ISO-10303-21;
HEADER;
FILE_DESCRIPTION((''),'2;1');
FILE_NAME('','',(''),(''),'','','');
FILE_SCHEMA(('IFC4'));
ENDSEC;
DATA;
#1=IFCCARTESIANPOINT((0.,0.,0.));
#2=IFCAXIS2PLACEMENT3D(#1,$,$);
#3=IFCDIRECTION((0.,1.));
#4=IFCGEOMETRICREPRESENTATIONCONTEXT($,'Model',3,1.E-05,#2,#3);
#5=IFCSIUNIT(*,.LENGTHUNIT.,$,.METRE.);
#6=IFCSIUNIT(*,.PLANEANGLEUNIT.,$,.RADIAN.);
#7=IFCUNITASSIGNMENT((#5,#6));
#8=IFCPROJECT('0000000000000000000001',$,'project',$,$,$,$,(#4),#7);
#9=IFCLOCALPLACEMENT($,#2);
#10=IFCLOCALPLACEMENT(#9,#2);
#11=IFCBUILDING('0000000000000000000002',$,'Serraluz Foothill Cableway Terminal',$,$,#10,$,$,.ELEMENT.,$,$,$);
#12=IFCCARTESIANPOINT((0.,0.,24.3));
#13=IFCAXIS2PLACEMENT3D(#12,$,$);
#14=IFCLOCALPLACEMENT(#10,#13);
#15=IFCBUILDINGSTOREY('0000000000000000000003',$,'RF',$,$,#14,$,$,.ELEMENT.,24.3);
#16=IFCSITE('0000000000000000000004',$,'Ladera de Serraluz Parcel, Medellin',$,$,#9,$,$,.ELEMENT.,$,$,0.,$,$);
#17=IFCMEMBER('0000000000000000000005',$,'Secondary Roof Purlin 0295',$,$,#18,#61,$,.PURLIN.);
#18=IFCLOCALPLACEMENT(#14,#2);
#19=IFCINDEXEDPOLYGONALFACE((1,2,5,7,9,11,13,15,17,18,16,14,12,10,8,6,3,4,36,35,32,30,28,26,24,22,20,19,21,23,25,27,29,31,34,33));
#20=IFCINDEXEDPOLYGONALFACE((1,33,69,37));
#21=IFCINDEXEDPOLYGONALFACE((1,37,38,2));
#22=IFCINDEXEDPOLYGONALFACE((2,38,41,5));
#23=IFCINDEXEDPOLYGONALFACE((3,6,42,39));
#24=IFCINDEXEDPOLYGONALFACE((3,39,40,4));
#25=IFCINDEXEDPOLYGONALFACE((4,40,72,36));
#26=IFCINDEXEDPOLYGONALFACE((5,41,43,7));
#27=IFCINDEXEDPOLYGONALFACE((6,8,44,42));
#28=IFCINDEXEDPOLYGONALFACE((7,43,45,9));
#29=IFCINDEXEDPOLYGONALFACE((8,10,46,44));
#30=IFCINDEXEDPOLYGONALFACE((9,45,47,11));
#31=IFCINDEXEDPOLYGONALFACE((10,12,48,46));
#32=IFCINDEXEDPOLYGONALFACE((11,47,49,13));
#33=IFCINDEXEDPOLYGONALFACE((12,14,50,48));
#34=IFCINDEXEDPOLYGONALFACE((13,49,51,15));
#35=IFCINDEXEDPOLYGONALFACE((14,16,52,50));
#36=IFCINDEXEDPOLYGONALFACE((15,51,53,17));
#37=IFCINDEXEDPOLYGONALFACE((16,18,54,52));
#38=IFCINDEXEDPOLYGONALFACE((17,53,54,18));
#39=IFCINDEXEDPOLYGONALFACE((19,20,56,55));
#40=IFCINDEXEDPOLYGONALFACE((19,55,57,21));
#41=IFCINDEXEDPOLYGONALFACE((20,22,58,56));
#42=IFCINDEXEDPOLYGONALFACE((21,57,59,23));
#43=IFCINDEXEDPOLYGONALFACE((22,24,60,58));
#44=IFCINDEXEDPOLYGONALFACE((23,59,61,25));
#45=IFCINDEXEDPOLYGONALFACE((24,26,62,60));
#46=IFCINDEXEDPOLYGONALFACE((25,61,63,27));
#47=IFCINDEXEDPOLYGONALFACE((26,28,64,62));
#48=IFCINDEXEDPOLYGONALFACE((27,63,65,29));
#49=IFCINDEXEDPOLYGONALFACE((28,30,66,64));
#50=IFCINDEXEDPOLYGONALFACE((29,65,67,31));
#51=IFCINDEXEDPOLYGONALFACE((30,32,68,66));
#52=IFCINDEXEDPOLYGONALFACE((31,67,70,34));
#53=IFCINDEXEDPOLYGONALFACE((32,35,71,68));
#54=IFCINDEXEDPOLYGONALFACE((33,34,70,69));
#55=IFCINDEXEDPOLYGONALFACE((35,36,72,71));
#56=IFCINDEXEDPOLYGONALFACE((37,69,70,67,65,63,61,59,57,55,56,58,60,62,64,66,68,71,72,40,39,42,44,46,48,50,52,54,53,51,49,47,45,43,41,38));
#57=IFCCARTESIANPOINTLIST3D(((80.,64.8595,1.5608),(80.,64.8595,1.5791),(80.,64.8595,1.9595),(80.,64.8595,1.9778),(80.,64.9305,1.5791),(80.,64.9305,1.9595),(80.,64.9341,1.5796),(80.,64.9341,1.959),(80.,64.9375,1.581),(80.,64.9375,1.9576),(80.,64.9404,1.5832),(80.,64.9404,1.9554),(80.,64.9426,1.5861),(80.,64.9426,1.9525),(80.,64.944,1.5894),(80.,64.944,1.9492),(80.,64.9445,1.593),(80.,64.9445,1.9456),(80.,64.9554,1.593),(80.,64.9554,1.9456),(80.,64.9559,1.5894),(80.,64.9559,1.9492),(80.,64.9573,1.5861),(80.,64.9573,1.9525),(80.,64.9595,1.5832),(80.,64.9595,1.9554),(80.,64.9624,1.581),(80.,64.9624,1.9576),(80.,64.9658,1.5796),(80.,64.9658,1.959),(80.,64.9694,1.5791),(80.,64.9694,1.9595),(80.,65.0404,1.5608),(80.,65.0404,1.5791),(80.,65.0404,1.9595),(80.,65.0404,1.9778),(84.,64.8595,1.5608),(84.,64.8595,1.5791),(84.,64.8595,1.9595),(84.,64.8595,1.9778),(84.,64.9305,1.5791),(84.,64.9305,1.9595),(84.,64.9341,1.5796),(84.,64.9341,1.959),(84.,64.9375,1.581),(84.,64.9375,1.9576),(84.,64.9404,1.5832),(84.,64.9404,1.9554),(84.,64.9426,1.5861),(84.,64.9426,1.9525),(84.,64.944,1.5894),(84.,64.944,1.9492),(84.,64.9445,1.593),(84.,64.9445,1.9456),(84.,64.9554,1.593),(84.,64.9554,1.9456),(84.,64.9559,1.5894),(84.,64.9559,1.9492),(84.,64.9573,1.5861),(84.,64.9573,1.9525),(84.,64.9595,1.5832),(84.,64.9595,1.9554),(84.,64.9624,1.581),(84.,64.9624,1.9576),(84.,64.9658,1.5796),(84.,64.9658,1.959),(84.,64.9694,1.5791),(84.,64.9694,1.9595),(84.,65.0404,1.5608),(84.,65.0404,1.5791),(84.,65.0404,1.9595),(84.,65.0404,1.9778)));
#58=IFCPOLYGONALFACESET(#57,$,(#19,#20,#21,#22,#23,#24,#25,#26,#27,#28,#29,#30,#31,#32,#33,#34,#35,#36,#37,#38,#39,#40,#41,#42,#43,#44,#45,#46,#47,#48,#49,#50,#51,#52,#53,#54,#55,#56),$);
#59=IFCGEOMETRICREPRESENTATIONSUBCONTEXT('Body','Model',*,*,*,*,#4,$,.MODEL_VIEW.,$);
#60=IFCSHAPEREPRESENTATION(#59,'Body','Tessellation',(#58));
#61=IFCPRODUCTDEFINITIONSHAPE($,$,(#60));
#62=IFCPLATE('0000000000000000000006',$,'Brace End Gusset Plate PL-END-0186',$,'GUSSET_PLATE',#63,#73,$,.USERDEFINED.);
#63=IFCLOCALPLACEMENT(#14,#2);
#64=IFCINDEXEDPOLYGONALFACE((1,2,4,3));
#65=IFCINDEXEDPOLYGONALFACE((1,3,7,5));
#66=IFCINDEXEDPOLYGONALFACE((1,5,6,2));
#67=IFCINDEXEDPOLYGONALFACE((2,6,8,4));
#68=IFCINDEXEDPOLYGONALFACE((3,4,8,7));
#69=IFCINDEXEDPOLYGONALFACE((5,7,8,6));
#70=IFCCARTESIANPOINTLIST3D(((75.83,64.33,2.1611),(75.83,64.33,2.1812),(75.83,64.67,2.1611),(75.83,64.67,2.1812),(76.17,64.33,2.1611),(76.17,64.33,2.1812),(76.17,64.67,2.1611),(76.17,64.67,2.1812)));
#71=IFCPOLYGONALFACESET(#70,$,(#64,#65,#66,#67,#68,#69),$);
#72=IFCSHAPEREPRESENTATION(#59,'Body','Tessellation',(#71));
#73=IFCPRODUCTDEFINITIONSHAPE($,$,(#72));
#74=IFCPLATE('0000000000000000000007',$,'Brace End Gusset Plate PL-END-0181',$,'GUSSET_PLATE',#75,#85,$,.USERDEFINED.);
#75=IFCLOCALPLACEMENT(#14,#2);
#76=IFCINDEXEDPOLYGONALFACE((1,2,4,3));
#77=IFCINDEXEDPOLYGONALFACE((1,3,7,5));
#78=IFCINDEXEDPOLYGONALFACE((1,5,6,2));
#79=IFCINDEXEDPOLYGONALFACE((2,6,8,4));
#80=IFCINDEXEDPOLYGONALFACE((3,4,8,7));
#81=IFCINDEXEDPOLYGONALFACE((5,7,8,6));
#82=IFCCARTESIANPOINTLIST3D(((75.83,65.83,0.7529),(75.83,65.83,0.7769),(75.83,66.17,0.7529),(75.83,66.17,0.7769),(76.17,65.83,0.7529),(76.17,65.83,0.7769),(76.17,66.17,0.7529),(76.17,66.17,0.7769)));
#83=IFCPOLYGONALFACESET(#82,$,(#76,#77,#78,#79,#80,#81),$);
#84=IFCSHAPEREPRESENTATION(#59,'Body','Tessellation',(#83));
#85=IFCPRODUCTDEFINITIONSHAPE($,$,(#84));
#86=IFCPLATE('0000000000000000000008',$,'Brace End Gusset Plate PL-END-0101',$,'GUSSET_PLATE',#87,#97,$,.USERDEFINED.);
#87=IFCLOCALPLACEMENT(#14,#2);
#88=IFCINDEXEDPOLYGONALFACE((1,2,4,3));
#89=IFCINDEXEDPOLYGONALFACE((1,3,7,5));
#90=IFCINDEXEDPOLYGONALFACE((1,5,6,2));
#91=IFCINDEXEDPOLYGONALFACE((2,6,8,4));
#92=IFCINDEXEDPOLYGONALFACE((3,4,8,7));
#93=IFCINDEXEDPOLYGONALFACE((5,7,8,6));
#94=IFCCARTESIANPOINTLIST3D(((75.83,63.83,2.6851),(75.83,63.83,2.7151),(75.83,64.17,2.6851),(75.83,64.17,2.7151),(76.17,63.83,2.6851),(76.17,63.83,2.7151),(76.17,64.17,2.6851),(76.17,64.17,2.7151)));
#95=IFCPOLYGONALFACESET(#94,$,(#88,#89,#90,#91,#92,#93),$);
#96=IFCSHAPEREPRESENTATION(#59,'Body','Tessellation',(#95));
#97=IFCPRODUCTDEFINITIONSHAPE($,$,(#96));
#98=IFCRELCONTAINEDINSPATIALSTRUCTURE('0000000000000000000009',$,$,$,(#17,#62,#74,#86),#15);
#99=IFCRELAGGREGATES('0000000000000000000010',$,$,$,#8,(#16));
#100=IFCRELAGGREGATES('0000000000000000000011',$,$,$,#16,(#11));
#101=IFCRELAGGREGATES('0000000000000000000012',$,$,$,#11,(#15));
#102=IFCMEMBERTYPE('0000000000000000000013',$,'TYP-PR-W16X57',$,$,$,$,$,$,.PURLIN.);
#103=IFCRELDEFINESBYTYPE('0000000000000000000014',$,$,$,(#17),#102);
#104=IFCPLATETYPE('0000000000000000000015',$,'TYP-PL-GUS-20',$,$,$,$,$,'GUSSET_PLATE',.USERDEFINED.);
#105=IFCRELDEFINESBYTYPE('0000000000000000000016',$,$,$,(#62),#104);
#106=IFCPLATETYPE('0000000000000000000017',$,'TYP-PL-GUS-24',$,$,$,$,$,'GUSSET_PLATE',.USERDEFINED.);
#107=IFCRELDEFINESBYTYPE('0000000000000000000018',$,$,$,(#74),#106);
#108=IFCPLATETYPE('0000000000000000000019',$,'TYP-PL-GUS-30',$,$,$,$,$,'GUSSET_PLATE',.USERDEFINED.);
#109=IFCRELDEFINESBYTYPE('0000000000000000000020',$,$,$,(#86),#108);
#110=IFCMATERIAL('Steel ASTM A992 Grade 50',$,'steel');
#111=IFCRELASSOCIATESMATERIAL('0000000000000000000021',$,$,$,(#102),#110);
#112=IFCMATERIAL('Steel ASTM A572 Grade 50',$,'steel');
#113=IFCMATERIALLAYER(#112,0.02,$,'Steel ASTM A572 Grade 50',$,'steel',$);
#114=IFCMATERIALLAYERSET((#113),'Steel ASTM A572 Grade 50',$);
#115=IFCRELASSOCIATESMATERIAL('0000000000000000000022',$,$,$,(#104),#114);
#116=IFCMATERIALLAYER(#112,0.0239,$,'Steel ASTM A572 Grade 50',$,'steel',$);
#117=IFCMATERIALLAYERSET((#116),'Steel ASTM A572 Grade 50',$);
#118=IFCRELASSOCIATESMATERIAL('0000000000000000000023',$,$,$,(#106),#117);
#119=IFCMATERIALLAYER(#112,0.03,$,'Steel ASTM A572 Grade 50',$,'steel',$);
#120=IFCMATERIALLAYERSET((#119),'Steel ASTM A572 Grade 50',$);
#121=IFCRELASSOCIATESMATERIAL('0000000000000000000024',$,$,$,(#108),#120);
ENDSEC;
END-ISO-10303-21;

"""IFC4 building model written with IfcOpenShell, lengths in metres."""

from ifc_helpers import new_model, si_unit, direction, frame, origin, origin_2d, place, context, subcontext, project, spatial, rectangle, i_section, extrude, material, layer, layer_set, material_profile, profile_set, type_object, element, save


model = new_model("IFC4")

# Units and contexts
model_context = context("Model", 3, precision=1e-05, world=origin(), true_north=direction((0.0, 1.0)))
body_context = subcontext(model_context, "Body", "Model", "MODEL_VIEW")
ifc_project = project(units=[si_unit("LENGTHUNIT", "METRE"), si_unit("PLANEANGLEUNIT", "RADIAN")], contexts=[model_context])

# Site, building, storey
site_placement = place(None, origin())
site = spatial("IfcSite", under=ifc_project, at=site_placement, Name="Ladera de Serraluz Parcel, Medellin", CompositionType="ELEMENT", RefElevation=0.0)
building_placement = place(site_placement, origin())
building = spatial("IfcBuilding", under=site, at=building_placement, Name="Serraluz Foothill Cableway Terminal", CompositionType="ELEMENT")
storey_placement = place(building_placement, frame((0.0, 0.0, 24.3)))
storey = spatial("IfcBuildingStorey", under=building, at=storey_placement, Name="RF", CompositionType="ELEMENT", Elevation=24.3)

# Member
ifc_material_1 = material(Name="Steel ASTM A572 Grade 50", Category="steel")
ifc_material_2 = material(Name="Steel ASTM A992 Grade 50", Category="steel")
ifc_material_profile_1 = material_profile(ifc_material_2, i_section(OverallWidth=0.1809, OverallDepth=0.417, WebThickness=0.011, FlangeThickness=0.0183, FilletRadius=0.0139, at=origin_2d()), Name="W16X57")
ifc_profile_set_1 = profile_set([ifc_material_profile_1], Name="Steel ASTM A992 Grade 50")
member_type_1 = type_object("IfcMemberType", Name="TYP-PR-W16X57", PredefinedType="PURLIN", material=ifc_profile_set_1)
for number, where, z_axis, x_axis, name in (
    (1, (80.0, 64.95, 1.7693), (1.0, 0.0, 0.0), (0.0, 1.0, 0.0), "Secondary Roof Purlin 0295"),
):
    element("IfcMember", number, at=place(storey_placement, frame(where, z_axis=z_axis, x_axis=x_axis)), inside=storey, type_object=member_type_1, Name=name, PredefinedType="PURLIN", context=body_context, shape_type="SweptSolid", body=[
        extrude(i_section(OverallWidth=0.1809, OverallDepth=0.417, WebThickness=0.011, FlangeThickness=0.0183, FilletRadius=0.0139, at=origin_2d()), origin(), (0.0, 0.0, 1.0), 4.0),
    ])

# Plates
ifc_layer_1 = layer(ifc_material_1, 0.02, Name="Steel ASTM A572 Grade 50", Category="steel")
ifc_layer_set_1 = layer_set([ifc_layer_1], Name="Steel ASTM A572 Grade 50")
plate_type_1 = type_object("IfcPlateType", Name="TYP-PL-GUS-20", ElementType="GUSSET_PLATE", PredefinedType="USERDEFINED", material=ifc_layer_set_1)
plate_1_placement = place(storey_placement, frame((76.0, 64.5, 2.1611), z_axis=(0.0, 0.0, 1.0), x_axis=(1.0, 0.0, 0.0)))
element("IfcPlate", 2, at=plate_1_placement, inside=storey, type_object=plate_type_1, Name="Brace End Gusset Plate PL-END-0186", ObjectType="GUSSET_PLATE", PredefinedType="USERDEFINED", context=body_context, shape_type="SweptSolid", body=[
    extrude(rectangle(XDim=0.3401, YDim=0.3401, at=origin_2d()), origin(), (0.0, 0.0, 1.0), 0.02),
])
ifc_layer_2 = layer(ifc_material_1, 0.0239, Name="Steel ASTM A572 Grade 50", Category="steel")
ifc_layer_set_2 = layer_set([ifc_layer_2], Name="Steel ASTM A572 Grade 50")
plate_type_2 = type_object("IfcPlateType", Name="TYP-PL-GUS-24", ElementType="GUSSET_PLATE", PredefinedType="USERDEFINED", material=ifc_layer_set_2)
plate_2_placement = place(storey_placement, frame((76.0, 66.0, 0.7529), z_axis=(0.0, 0.0, 1.0), x_axis=(1.0, 0.0, 0.0)))
element("IfcPlate", 3, at=plate_2_placement, inside=storey, type_object=plate_type_2, Name="Brace End Gusset Plate PL-END-0181", ObjectType="GUSSET_PLATE", PredefinedType="USERDEFINED", context=body_context, shape_type="SweptSolid", body=[
    extrude(rectangle(XDim=0.3401, YDim=0.3401, at=origin_2d()), origin(), (0.0, 0.0, 1.0), 0.0239),
])
ifc_layer_3 = layer(ifc_material_1, 0.03, Name="Steel ASTM A572 Grade 50", Category="steel")
ifc_layer_set_3 = layer_set([ifc_layer_3], Name="Steel ASTM A572 Grade 50")
plate_type_3 = type_object("IfcPlateType", Name="TYP-PL-GUS-30", ElementType="GUSSET_PLATE", PredefinedType="USERDEFINED", material=ifc_layer_set_3)
plate_3_placement = place(storey_placement, frame((76.0, 64.0, 2.6851), z_axis=(0.0, 0.0, 1.0), x_axis=(1.0, 0.0, 0.0)))
element("IfcPlate", 4, at=plate_3_placement, inside=storey, type_object=plate_type_3, Name="Brace End Gusset Plate PL-END-0101", ObjectType="GUSSET_PLATE", PredefinedType="USERDEFINED", context=body_context, shape_type="SweptSolid", body=[
    extrude(rectangle(XDim=0.3401, YDim=0.3401, at=origin_2d()), origin(), (0.0, 0.0, 1.0), 0.03),
])

save(model, "model.ifc")
